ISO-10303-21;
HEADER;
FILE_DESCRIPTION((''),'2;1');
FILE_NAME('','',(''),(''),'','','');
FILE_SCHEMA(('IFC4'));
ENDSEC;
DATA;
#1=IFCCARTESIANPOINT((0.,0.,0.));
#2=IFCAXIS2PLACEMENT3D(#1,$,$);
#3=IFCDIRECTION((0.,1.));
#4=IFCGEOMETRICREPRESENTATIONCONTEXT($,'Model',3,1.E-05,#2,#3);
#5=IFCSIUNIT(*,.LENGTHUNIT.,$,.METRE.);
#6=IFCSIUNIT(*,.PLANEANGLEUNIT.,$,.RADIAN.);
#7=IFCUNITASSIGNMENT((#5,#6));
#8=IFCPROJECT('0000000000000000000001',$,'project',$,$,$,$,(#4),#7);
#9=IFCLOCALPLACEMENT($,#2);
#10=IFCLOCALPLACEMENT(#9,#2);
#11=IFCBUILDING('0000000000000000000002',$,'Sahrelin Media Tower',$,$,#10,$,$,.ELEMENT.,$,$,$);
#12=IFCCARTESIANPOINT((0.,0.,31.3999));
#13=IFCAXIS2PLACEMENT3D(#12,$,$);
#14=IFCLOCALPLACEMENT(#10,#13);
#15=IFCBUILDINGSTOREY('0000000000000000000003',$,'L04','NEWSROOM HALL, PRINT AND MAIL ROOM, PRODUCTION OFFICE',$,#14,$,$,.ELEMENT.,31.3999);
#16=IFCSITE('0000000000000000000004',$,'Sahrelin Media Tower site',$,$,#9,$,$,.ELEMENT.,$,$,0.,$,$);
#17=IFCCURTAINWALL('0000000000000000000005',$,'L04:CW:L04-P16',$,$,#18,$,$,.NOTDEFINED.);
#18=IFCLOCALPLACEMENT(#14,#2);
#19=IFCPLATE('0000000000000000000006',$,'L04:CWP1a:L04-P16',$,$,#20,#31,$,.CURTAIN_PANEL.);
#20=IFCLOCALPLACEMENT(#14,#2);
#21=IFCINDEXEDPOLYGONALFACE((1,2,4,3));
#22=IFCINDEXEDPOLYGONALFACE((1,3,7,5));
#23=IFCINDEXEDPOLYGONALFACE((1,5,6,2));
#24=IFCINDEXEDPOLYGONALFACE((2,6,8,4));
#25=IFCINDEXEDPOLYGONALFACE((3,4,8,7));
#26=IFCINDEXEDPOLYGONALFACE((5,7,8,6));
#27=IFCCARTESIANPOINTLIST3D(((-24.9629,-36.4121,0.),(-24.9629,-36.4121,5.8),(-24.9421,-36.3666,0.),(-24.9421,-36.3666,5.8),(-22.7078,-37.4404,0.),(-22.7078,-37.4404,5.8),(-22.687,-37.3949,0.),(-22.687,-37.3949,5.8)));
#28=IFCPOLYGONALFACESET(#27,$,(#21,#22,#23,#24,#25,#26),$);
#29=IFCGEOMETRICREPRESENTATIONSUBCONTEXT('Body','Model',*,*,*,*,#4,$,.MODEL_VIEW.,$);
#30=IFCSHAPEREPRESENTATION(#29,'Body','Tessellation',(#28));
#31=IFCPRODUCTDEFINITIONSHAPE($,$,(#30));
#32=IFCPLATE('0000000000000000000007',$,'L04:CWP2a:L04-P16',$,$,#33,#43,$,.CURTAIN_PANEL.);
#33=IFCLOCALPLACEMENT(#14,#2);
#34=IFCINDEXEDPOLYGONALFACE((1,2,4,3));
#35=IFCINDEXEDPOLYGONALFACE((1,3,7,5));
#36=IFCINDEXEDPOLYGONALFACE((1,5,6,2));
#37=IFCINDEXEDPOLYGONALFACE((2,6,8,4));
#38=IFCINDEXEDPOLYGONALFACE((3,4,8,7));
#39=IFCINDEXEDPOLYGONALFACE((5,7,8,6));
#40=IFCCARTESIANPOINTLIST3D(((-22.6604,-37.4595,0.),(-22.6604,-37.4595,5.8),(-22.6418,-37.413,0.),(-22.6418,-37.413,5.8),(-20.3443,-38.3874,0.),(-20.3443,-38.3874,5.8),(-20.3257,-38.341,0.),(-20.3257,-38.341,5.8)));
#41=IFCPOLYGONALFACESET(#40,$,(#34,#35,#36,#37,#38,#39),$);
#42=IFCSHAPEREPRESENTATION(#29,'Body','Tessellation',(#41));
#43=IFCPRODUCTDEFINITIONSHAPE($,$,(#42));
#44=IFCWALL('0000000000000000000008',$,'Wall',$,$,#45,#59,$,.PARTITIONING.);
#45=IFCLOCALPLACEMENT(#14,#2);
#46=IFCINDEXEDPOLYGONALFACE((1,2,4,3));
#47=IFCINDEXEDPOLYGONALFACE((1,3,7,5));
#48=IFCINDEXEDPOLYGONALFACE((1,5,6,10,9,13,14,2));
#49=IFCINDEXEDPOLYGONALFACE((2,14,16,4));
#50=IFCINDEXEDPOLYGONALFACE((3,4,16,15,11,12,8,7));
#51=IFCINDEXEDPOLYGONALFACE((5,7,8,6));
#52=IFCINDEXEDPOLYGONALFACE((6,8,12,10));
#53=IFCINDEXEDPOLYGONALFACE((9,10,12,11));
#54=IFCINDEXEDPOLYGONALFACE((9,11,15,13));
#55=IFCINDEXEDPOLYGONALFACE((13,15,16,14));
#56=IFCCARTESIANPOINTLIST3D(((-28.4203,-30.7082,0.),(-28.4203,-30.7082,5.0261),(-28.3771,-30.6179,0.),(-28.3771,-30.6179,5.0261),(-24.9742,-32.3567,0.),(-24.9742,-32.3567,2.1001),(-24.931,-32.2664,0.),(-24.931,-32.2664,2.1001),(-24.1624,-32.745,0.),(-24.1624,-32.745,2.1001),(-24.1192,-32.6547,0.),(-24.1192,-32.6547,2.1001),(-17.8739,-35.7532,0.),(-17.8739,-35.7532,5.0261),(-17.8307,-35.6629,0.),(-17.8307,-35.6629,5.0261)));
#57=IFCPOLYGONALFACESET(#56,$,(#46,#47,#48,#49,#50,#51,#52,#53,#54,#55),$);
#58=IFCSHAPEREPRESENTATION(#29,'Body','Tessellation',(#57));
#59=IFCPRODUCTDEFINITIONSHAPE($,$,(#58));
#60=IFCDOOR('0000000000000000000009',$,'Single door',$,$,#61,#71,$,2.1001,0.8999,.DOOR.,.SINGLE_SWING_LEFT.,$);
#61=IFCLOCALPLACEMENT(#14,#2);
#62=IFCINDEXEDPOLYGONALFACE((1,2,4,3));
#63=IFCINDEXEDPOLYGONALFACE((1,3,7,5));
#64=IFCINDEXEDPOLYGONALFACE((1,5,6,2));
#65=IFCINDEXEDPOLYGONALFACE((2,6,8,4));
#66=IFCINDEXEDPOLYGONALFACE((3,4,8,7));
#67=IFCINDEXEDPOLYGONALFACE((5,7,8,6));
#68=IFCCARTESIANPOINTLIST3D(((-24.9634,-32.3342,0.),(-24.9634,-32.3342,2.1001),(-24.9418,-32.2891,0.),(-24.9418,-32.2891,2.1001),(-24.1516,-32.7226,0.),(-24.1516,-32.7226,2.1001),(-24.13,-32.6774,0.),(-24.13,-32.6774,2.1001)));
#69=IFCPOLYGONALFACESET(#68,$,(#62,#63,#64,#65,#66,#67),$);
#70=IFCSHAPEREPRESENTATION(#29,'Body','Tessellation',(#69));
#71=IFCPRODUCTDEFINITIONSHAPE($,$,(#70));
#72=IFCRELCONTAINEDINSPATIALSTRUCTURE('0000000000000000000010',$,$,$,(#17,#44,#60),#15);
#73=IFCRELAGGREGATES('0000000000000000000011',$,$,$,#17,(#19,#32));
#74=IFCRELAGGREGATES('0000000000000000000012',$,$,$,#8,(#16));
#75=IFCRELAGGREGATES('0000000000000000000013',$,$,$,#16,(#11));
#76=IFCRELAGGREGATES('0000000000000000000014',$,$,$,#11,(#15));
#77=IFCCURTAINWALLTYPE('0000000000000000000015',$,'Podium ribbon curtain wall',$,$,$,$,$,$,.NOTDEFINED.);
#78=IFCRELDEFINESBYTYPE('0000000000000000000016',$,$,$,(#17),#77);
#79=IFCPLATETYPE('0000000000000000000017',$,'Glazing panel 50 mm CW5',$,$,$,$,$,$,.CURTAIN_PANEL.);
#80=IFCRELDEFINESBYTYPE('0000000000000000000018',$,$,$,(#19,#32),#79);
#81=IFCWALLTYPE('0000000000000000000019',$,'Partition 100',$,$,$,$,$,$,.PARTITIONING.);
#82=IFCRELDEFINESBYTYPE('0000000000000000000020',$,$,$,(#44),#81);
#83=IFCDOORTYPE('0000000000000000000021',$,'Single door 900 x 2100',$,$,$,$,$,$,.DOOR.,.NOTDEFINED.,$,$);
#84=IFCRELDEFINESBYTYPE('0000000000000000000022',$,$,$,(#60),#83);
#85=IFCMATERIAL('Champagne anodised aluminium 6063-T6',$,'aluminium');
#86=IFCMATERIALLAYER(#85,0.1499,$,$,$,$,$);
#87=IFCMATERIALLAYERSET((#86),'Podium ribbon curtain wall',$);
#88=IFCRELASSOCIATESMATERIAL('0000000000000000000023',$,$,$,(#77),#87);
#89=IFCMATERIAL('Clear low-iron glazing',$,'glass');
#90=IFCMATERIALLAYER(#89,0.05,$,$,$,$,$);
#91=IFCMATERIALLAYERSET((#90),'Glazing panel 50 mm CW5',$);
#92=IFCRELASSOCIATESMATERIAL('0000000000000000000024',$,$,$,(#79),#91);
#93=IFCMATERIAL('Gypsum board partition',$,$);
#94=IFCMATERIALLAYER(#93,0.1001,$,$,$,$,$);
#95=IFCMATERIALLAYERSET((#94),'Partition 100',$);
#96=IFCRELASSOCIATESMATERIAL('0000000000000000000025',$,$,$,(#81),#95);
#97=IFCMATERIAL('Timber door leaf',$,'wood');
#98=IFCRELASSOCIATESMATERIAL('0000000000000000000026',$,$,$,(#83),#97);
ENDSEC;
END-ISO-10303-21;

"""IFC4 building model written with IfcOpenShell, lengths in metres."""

from ifc_helpers import new_model, si_unit, direction, frame, frame_2d, origin, place, context, subcontext, project, spatial, polyline, rectangle, outline, extrude, material, layer, layer_set, type_object, element, fill, aggregate, save


model = new_model("IFC4")

# Units and contexts
model_context = context("Model", 3, precision=1e-05, world=origin(), true_north=direction((0.0, 1.0)))
body_context = subcontext(model_context, "Body", "Model", "MODEL_VIEW")
ifc_project = project(units=[si_unit("LENGTHUNIT", "METRE"), si_unit("PLANEANGLEUNIT", "RADIAN")], contexts=[model_context])

# Site, building, storey
site_placement = place(None, origin())
site = spatial("IfcSite", under=ifc_project, at=site_placement, Name="Sahrelin Media Tower site", CompositionType="ELEMENT", RefElevation=0.0)
building_placement = place(site_placement, origin())
building = spatial("IfcBuilding", under=site, at=building_placement, Name="Sahrelin Media Tower", CompositionType="ELEMENT")
storey_placement = place(building_placement, frame((0.0, 0.0, 31.3999)))
storey = spatial("IfcBuildingStorey", under=building, at=storey_placement, Name="L04", Description="NEWSROOM HALL, PRINT AND MAIL ROOM, PRODUCTION OFFICE", CompositionType="ELEMENT", Elevation=31.3999)

# Curtain wall
ifc_material_1 = material(Name="Champagne anodised aluminium 6063-T6", Category="aluminium")
ifc_layer_1 = layer(ifc_material_1, 0.1499)
ifc_layer_set_1 = layer_set([ifc_layer_1], Name="Podium ribbon curtain wall")
curtain_wall_type = type_object("IfcCurtainWallType", Name="Podium ribbon curtain wall", PredefinedType="NOTDEFINED", material=ifc_layer_set_1)
curtain_wall_1_placement = place(storey_placement, frame((-25.0, -36.373, 0.0), z_axis=(0.0, 0.0, 1.0), x_axis=(1.0, 0.0, 0.0)))
curtain_wall_1 = element("IfcCurtainWall", 1, at=curtain_wall_1_placement, inside=storey, type_object=curtain_wall_type, Name="L04:CW:L04-P16", PredefinedType="NOTDEFINED")

# Plates
ifc_material_2 = material(Name="Clear low-iron glazing", Category="glass")
ifc_layer_2 = layer(ifc_material_2, 0.05)
ifc_layer_set_2 = layer_set([ifc_layer_2], Name="Glazing panel 50 mm CW5")
plate_type = type_object("IfcPlateType", Name="Glazing panel 50 mm CW5", PredefinedType="CURTAIN_PANEL", material=ifc_layer_set_2)
plate_1_placement = place(storey_placement, frame((-24.9629, -36.4121, 0.0), z_axis=(-0.414894, -0.90987, 0.0), x_axis=(0.90987, -0.414894, 0.0)))
plate_1 = element("IfcPlate", 2, at=plate_1_placement, type_object=plate_type, Name="L04:CWP1a:L04-P16", PredefinedType="CURTAIN_PANEL", context=body_context, shape_type="SweptSolid", body=[
    extrude(outline(polyline([(0.0, 0.0), (2.4785, 0.0), (2.4785, 5.8), (0.0, 5.8), (0.0, 0.0)])), origin(), (0.0, 0.0, -1.0), 0.05),
])
plate_2_placement = place(storey_placement, frame((-22.6604, -37.4595, 0.0), z_axis=(-0.371914, -0.928267, 0.0), x_axis=(0.928267, -0.371914, 0.0)))
plate_2 = element("IfcPlate", 3, at=plate_2_placement, type_object=plate_type, Name="L04:CWP2a:L04-P16", PredefinedType="CURTAIN_PANEL", context=body_context, shape_type="SweptSolid", body=[
    extrude(outline(polyline([(0.0, 0.0), (2.4951, 0.0), (2.4951, 5.8), (0.0, 5.8), (0.0, 0.0)])), origin(), (0.0, 0.0, -1.0), 0.05),
])
aggregate(curtain_wall_1, [plate_1, plate_2])

# Wall, opening, door
ifc_material_3 = material(Name="Gypsum board partition")
ifc_layer_3 = layer(ifc_material_3, 0.1001)
ifc_layer_set_3 = layer_set([ifc_layer_3], Name="Partition 100")
wall_type = type_object("IfcWallType", Name="Partition 100", PredefinedType="PARTITIONING", material=ifc_layer_set_3)
wall_placement = place(storey_placement, frame((-28.3987, -30.6631, 0.0), z_axis=(0.0, 0.0, 1.0), x_axis=(0.902101, -0.431525, 0.0)))
wall = element("IfcWall", 4, at=wall_placement, inside=storey, type_object=wall_type, Name="Wall", PredefinedType="PARTITIONING", context=body_context, shape_type="SweptSolid", body=[
    extrude(rectangle(XDim=11.6909, YDim=0.1001, at=frame_2d((5.8455, 0.0))), origin(), (0.0, 0.0, 1.0), 5.0261),
])
opening_placement = place(wall_placement, frame((3.8201, 0.0, 0.0)))
opening = element("IfcOpeningElement", 5, at=opening_placement, cuts=wall, PredefinedType="OPENING", context=body_context, shape_type="SweptSolid", body=[
    extrude(rectangle(XDim=0.8999, YDim=2.1001, at=frame_2d((0.45, 1.05))), frame((0.0, 0.05, 0.0), z_axis=(0.0, -1.0, 0.0), x_axis=(1.0, 0.0, 0.0)), (0.0, 0.0, 1.0), 0.1001),
])
ifc_material_4 = material(Name="Timber door leaf", Category="wood")
door_type = type_object("IfcDoorType", Name="Single door 900 x 2100", OperationType="NOTDEFINED", PredefinedType="DOOR", material=ifc_material_4)
door_placement = place(opening_placement, origin())
door = element("IfcDoor", 6, at=door_placement, inside=storey, type_object=door_type, Name="Single door", OperationType="SINGLE_SWING_LEFT", OverallHeight=2.1001, OverallWidth=0.8999, PredefinedType="DOOR", context=body_context, shape_type="SweptSolid", body=[
    extrude(rectangle(XDim=0.8999, YDim=2.1001, at=frame_2d((0.45, 1.05))), frame((0.0, 0.0249, 0.0), z_axis=(0.0, -1.0, 0.0), x_axis=(1.0, 0.0, 0.0)), (0.0, 0.0, 1.0), 0.05),
])
fill(opening, door)

save(model, "model.ifc")
